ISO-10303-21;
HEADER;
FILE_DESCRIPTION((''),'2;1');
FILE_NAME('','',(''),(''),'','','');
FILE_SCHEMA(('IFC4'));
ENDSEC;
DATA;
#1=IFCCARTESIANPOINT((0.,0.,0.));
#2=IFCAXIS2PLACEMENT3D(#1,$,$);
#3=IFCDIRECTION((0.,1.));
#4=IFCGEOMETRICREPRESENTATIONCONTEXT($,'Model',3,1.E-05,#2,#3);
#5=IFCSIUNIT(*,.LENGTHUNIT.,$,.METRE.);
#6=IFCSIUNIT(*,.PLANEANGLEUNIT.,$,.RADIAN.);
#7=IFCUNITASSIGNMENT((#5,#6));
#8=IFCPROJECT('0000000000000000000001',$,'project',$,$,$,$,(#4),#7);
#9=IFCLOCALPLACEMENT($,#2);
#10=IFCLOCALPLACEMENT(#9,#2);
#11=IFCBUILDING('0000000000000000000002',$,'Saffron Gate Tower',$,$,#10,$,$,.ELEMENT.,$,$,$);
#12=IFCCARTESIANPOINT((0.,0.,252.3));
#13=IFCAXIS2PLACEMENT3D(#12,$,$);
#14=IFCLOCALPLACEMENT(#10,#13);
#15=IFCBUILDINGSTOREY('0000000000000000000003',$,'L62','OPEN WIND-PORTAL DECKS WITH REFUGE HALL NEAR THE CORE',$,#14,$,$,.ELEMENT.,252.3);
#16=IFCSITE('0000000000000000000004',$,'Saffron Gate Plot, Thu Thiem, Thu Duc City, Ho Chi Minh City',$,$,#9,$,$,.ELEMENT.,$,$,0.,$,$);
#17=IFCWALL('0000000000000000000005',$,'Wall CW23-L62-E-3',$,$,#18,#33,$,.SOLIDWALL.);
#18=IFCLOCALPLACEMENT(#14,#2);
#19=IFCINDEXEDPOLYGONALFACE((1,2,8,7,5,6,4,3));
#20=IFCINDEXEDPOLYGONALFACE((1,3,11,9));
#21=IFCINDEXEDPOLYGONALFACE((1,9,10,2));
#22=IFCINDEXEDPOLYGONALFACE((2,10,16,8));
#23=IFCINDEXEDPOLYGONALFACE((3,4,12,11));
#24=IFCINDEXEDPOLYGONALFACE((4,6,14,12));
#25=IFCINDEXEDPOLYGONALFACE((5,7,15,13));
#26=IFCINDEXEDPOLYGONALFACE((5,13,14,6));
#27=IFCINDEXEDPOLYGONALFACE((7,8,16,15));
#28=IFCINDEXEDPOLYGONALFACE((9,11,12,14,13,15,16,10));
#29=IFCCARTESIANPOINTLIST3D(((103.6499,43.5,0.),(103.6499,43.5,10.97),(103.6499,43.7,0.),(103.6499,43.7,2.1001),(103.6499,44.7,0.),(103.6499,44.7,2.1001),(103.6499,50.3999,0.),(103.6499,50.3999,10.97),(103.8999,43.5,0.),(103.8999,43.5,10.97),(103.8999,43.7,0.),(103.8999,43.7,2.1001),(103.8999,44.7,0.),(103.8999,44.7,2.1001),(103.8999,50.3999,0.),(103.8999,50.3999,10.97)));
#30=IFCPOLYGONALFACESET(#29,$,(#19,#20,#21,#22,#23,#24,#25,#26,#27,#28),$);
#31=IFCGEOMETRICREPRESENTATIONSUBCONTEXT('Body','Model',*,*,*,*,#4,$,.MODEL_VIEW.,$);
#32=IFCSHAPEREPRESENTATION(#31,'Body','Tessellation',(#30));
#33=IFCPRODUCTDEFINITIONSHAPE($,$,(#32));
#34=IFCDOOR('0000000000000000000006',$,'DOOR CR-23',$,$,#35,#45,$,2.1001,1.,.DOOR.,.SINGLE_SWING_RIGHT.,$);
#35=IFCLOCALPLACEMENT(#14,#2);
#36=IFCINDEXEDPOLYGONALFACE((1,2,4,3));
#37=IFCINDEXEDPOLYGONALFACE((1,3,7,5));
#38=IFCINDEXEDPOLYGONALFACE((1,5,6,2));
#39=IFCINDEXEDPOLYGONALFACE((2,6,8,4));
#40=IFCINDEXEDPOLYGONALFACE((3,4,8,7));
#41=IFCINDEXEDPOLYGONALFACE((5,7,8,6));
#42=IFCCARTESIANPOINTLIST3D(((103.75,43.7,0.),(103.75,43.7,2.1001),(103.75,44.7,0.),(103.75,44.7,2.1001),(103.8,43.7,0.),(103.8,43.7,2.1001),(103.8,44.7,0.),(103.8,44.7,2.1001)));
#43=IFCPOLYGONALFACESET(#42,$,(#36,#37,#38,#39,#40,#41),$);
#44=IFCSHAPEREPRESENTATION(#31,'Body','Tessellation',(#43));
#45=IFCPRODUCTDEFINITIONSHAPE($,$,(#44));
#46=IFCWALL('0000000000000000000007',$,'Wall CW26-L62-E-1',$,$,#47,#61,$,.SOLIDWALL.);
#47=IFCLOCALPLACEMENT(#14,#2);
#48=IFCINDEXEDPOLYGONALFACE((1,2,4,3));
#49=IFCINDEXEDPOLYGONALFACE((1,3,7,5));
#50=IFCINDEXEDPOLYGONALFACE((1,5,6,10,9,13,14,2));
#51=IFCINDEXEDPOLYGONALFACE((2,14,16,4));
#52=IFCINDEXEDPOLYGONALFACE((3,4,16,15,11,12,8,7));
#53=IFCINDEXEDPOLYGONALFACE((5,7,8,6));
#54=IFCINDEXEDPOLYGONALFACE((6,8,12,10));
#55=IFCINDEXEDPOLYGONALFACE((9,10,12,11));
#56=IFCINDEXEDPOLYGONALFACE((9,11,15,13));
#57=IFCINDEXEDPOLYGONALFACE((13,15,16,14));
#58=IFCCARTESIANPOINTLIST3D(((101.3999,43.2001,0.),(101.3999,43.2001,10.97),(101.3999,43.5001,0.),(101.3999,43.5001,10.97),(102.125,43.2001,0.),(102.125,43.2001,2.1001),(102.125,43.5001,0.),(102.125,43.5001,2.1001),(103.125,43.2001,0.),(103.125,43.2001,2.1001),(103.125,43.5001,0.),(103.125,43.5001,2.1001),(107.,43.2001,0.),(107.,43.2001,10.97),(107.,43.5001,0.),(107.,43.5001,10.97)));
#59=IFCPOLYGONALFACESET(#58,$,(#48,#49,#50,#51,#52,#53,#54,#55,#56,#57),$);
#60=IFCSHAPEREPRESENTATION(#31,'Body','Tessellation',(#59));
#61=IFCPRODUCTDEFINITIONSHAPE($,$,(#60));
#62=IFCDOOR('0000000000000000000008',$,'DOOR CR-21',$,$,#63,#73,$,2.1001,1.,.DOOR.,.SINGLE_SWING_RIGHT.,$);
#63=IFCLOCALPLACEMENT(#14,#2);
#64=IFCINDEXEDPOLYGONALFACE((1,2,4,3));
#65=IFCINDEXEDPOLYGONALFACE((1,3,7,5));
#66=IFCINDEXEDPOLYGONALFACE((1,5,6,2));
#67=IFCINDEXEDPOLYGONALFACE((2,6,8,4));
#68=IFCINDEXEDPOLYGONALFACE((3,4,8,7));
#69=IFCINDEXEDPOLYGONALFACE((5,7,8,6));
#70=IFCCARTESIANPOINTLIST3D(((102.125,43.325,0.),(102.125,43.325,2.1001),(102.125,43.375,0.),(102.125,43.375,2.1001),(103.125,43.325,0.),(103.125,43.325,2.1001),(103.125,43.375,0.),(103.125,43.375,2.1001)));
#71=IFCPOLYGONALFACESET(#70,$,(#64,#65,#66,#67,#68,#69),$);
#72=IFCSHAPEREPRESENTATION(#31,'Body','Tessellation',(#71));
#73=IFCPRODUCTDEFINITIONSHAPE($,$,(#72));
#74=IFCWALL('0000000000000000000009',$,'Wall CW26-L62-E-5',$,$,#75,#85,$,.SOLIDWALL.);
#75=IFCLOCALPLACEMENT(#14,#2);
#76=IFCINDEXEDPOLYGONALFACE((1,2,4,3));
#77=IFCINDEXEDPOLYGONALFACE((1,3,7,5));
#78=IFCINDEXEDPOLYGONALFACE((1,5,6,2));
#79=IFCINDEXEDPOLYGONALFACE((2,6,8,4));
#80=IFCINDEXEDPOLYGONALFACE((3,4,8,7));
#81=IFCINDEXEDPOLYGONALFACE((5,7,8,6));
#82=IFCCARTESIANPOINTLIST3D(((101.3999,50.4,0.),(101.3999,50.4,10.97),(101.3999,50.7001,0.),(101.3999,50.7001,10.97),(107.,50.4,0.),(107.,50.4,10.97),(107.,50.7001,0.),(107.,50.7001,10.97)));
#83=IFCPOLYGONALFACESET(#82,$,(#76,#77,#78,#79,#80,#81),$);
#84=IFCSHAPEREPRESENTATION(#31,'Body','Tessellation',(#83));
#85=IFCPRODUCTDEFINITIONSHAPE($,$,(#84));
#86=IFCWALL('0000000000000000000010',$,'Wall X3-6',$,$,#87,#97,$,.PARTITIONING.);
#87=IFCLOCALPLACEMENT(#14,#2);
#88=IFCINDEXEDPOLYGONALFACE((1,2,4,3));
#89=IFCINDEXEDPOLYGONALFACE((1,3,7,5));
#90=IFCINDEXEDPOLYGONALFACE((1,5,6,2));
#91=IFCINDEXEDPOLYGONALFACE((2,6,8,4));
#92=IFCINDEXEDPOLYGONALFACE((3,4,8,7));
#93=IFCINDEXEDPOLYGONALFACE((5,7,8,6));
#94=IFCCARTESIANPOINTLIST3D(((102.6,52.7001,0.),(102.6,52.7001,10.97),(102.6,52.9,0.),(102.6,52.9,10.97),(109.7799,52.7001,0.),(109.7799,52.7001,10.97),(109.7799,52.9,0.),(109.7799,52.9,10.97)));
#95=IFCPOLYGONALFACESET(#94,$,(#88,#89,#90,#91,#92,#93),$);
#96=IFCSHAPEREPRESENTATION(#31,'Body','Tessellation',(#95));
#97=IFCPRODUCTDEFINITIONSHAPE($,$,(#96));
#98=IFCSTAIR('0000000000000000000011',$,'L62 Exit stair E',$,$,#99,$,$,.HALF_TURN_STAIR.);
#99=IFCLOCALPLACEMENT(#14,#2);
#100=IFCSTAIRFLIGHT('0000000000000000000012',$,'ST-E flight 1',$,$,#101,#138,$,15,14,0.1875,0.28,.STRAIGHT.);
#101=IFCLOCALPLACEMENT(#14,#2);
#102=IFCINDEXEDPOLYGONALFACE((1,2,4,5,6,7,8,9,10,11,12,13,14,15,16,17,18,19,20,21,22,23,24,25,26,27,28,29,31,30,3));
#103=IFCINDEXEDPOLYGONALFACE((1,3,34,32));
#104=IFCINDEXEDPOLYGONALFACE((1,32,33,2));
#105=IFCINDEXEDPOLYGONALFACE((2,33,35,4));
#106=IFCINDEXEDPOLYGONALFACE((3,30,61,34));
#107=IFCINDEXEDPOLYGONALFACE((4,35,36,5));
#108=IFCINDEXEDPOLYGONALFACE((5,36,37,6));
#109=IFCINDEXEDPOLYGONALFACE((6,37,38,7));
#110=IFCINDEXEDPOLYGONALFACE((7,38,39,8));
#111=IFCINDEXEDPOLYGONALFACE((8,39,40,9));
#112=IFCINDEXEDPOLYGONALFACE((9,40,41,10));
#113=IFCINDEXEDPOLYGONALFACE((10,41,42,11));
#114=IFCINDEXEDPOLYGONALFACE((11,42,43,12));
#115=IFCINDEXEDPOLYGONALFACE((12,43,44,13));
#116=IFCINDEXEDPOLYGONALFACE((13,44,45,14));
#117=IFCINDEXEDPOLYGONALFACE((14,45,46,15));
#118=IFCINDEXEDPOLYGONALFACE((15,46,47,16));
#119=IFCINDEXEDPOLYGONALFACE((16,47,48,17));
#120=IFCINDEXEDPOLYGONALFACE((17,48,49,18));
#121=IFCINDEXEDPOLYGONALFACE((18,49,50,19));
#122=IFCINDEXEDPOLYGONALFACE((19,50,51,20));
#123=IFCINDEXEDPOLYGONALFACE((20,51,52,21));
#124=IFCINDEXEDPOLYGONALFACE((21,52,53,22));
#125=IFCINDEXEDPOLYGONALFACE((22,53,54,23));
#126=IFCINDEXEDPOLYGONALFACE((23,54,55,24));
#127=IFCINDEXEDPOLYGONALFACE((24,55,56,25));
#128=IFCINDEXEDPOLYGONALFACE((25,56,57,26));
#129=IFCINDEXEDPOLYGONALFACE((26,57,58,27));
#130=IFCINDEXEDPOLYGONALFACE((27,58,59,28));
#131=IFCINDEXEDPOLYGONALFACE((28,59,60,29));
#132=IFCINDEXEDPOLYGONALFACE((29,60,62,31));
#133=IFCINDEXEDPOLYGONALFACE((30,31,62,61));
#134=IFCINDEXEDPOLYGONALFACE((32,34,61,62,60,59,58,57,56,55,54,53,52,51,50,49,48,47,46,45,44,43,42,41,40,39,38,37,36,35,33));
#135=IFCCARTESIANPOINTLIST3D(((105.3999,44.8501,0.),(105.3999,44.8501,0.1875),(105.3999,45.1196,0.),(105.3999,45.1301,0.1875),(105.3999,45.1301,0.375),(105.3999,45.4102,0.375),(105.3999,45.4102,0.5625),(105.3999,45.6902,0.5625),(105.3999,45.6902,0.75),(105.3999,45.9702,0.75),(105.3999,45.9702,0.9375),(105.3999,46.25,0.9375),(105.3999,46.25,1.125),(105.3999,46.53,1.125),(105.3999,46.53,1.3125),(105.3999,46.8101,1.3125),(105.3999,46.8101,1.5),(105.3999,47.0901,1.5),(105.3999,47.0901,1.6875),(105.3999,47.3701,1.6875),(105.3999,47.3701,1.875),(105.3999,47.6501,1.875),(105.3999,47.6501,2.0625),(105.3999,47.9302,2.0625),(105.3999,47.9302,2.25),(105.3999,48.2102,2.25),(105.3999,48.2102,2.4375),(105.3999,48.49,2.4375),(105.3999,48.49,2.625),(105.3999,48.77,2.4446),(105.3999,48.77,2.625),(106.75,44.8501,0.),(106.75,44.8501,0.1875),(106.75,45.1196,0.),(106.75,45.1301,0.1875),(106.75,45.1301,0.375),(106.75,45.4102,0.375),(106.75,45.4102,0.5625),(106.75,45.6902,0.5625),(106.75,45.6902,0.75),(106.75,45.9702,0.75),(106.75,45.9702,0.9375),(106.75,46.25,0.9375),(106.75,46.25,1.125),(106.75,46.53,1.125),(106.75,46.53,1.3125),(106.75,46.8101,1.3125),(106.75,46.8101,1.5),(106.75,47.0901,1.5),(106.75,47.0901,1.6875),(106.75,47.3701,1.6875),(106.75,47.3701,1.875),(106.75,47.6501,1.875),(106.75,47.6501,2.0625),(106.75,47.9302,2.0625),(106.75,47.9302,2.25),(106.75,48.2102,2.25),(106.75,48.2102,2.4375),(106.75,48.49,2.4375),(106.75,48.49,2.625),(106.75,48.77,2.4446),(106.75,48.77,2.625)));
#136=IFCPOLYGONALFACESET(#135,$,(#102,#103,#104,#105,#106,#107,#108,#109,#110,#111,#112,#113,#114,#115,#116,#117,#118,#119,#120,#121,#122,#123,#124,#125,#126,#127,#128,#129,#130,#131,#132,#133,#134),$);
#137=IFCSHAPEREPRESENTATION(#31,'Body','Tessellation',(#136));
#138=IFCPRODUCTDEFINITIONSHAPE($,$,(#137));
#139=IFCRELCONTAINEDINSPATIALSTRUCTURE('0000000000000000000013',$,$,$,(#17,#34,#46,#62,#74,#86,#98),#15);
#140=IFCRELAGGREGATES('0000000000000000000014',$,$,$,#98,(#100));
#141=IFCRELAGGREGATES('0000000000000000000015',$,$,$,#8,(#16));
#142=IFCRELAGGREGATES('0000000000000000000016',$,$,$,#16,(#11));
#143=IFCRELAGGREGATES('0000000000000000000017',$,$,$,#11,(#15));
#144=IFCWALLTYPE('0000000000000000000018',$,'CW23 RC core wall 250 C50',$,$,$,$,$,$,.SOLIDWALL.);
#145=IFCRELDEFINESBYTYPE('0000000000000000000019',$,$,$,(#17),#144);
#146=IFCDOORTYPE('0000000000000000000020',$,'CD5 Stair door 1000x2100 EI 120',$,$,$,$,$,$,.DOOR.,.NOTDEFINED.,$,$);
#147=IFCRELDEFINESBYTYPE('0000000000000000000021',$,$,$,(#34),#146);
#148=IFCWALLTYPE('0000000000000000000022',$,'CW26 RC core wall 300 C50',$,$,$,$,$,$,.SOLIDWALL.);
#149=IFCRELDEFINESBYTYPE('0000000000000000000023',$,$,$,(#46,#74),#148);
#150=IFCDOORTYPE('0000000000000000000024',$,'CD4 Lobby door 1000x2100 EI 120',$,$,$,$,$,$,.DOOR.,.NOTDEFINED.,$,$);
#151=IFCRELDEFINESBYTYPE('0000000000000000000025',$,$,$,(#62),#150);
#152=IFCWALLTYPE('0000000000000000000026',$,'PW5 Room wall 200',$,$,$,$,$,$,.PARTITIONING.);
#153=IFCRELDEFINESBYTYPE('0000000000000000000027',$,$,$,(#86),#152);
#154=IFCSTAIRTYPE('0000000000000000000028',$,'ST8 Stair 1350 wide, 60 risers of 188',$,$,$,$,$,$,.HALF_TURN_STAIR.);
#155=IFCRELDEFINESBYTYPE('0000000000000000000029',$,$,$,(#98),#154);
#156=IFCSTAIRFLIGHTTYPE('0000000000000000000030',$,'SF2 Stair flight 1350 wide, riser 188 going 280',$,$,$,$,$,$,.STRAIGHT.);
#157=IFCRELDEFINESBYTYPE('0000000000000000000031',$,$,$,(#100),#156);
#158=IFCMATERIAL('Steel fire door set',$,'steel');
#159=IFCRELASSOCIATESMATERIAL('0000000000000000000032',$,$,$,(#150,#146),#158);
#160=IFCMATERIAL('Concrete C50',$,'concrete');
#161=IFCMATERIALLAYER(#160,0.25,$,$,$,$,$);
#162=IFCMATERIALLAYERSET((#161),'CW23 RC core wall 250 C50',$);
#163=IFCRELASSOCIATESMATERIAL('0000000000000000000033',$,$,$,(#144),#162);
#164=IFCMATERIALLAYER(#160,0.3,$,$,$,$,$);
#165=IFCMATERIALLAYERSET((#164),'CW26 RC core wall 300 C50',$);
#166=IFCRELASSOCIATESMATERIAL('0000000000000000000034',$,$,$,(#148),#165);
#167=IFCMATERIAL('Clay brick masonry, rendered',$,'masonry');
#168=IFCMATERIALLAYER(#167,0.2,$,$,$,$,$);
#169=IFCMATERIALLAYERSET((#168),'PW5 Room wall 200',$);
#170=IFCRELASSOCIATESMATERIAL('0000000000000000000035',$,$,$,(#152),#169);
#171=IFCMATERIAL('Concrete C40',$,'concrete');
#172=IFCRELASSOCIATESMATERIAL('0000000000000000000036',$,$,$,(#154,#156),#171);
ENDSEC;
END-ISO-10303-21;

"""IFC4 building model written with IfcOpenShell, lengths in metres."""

from ifc_helpers import new_model, si_unit, direction, frame, frame_2d, origin, place, context, subcontext, project, spatial, polyline, rectangle, outline, extrude, material, layer, layer_set, type_object, element, fill, aggregate, save


model = new_model("IFC4")

# Units and contexts
model_context = context("Model", 3, precision=1e-05, world=origin(), true_north=direction((0.0, 1.0)))
body_context = subcontext(model_context, "Body", "Model", "MODEL_VIEW")
ifc_project = project(units=[si_unit("LENGTHUNIT", "METRE"), si_unit("PLANEANGLEUNIT", "RADIAN")], contexts=[model_context])

# Site, building, storey
site_placement = place(None, origin())
site = spatial("IfcSite", under=ifc_project, at=site_placement, Name="Saffron Gate Plot, Thu Thiem, Thu Duc City, Ho Chi Minh City", CompositionType="ELEMENT", RefElevation=0.0)
building_placement = place(site_placement, origin())
building = spatial("IfcBuilding", under=site, at=building_placement, Name="Saffron Gate Tower", CompositionType="ELEMENT")
storey_placement = place(building_placement, frame((0.0, 0.0, 252.3)))
storey = spatial("IfcBuildingStorey", under=building, at=storey_placement, Name="L62", Description="OPEN WIND-PORTAL DECKS WITH REFUGE HALL NEAR THE CORE", CompositionType="ELEMENT", Elevation=252.3)

# Shared definitions
ifc_material_1 = material(Name="Concrete C40", Category="concrete")

# Walls, openings, doors
ifc_material_2 = material(Name="Steel fire door set", Category="steel")
door_type_1 = type_object("IfcDoorType", Name="CD4 Lobby door 1000x2100 EI 120", OperationType="NOTDEFINED", PredefinedType="DOOR", material=ifc_material_2)
ifc_material_3 = material(Name="Concrete C50", Category="concrete")
ifc_layer_1 = layer(ifc_material_3, 0.25)
ifc_layer_set_1 = layer_set([ifc_layer_1], Name="CW23 RC core wall 250 C50")
wall_type_1 = type_object("IfcWallType", Name="CW23 RC core wall 250 C50", PredefinedType="SOLIDWALL", material=ifc_layer_set_1)
wall_1_placement = place(storey_placement, frame((103.7749, 43.5, 0.0), z_axis=(0.0, 0.0, 1.0), x_axis=(0.0, 1.0, 0.0)))
wall_1 = element("IfcWall", 1, at=wall_1_placement, inside=storey, type_object=wall_type_1, Name="Wall CW23-L62-E-3", PredefinedType="SOLIDWALL", context=body_context, shape_type="SweptSolid", body=[
    extrude(rectangle(XDim=6.8999, YDim=0.25, at=frame_2d((3.45, 0.0))), origin(), (0.0, 0.0, 1.0), 10.97),
])
opening_1_placement = place(wall_1_placement, frame((0.2, 0.0, 0.0)))
opening_1 = element("IfcOpeningElement", 2, at=opening_1_placement, cuts=wall_1, PredefinedType="OPENING", context=body_context, shape_type="SweptSolid", body=[
    extrude(rectangle(XDim=1.0, YDim=2.1001, at=frame_2d((0.5, 1.05))), frame((0.0, 0.135, 0.0), z_axis=(0.0, -1.0, 0.0), x_axis=(1.0, 0.0, 0.0)), (0.0, 0.0, 1.0), 0.27),
])
door_type_2 = type_object("IfcDoorType", Name="CD5 Stair door 1000x2100 EI 120", OperationType="NOTDEFINED", PredefinedType="DOOR", material=ifc_material_2)
door_1_placement = place(opening_1_placement, origin())
door_1 = element("IfcDoor", 3, at=door_1_placement, inside=storey, type_object=door_type_2, Name="DOOR CR-23", OperationType="SINGLE_SWING_RIGHT", OverallHeight=2.1001, OverallWidth=1.0, PredefinedType="DOOR", context=body_context, shape_type="SweptSolid", body=[
    extrude(rectangle(XDim=1.0, YDim=2.1001, at=frame_2d((0.5, 1.05))), frame((0.0, 0.0249, 0.0), z_axis=(0.0, -1.0, 0.0), x_axis=(1.0, 0.0, 0.0)), (0.0, 0.0, 1.0), 0.05),
])
fill(opening_1, door_1)
ifc_layer_2 = layer(ifc_material_3, 0.3)
ifc_layer_set_2 = layer_set([ifc_layer_2], Name="CW26 RC core wall 300 C50")
wall_type_2 = type_object("IfcWallType", Name="CW26 RC core wall 300 C50", PredefinedType="SOLIDWALL", material=ifc_layer_set_2)
wall_2_placement = place(storey_placement, frame((101.3999, 43.3501, 0.0), z_axis=(0.0, 0.0, 1.0), x_axis=(1.0, 0.0, 0.0)))
wall_2 = element("IfcWall", 4, at=wall_2_placement, inside=storey, type_object=wall_type_2, Name="Wall CW26-L62-E-1", PredefinedType="SOLIDWALL", context=body_context, shape_type="SweptSolid", body=[
    extrude(rectangle(XDim=5.6001, YDim=0.3, at=frame_2d((2.8, 0.0))), origin(), (0.0, 0.0, 1.0), 10.97),
])
opening_2_placement = place(wall_2_placement, frame((0.7251, 0.0, 0.0)))
opening_2 = element("IfcOpeningElement", 5, at=opening_2_placement, cuts=wall_2, PredefinedType="OPENING", context=body_context, shape_type="SweptSolid", body=[
    extrude(rectangle(XDim=1.0, YDim=2.1001, at=frame_2d((0.5, 1.05))), frame((0.0, 0.1602, 0.0), z_axis=(0.0, -1.0, 0.0), x_axis=(1.0, 0.0, 0.0)), (0.0, 0.0, 1.0), 0.3201),
])
door_2_placement = place(opening_2_placement, origin())
door_2 = element("IfcDoor", 6, at=door_2_placement, inside=storey, type_object=door_type_1, Name="DOOR CR-21", OperationType="SINGLE_SWING_RIGHT", OverallHeight=2.1001, OverallWidth=1.0, PredefinedType="DOOR", context=body_context, shape_type="SweptSolid", body=[
    extrude(rectangle(XDim=1.0, YDim=2.1001, at=frame_2d((0.5, 1.05))), frame((0.0, 0.0249, 0.0), z_axis=(0.0, -1.0, 0.0), x_axis=(1.0, 0.0, 0.0)), (0.0, 0.0, 1.0), 0.05),
])
fill(opening_2, door_2)

# Walls
wall_3_placement = place(storey_placement, frame((101.3999, 50.55, 0.0), z_axis=(0.0, 0.0, 1.0), x_axis=(1.0, 0.0, 0.0)))
element("IfcWall", 7, at=wall_3_placement, inside=storey, type_object=wall_type_2, Name="Wall CW26-L62-E-5", PredefinedType="SOLIDWALL", context=body_context, shape_type="SweptSolid", body=[
    extrude(rectangle(XDim=5.6001, YDim=0.3, at=frame_2d((2.8, 0.0))), origin(), (0.0, 0.0, 1.0), 10.97),
])
ifc_material_4 = material(Name="Clay brick masonry, rendered", Category="masonry")
ifc_layer_3 = layer(ifc_material_4, 0.2)
ifc_layer_set_3 = layer_set([ifc_layer_3], Name="PW5 Room wall 200")
wall_type_3 = type_object("IfcWallType", Name="PW5 Room wall 200", PredefinedType="PARTITIONING", material=ifc_layer_set_3)
wall_4_placement = place(storey_placement, frame((102.6001, 52.8, 0.0), z_axis=(0.0, 0.0, 1.0), x_axis=(1.0, 0.0, 0.0)))
element("IfcWall", 8, at=wall_4_placement, inside=storey, type_object=wall_type_3, Name="Wall X3-6", PredefinedType="PARTITIONING", context=body_context, shape_type="SweptSolid", body=[
    extrude(rectangle(XDim=7.1799, YDim=0.2, at=frame_2d((3.5898, 0.0))), origin(), (0.0, 0.0, 1.0), 10.97),
])

# Stair, stair flight
stair_type = type_object("IfcStairType", Name="ST8 Stair 1350 wide, 60 risers of 188", PredefinedType="HALF_TURN_STAIR", material=ifc_material_1)
stair_placement = place(storey_placement, origin())
stair = element("IfcStair", 9, at=stair_placement, inside=storey, type_object=stair_type, Name="L62 Exit stair E", PredefinedType="HALF_TURN_STAIR")
stair_flight_type = type_object("IfcStairFlightType", Name="SF2 Stair flight 1350 wide, riser 188 going 280", PredefinedType="STRAIGHT", material=ifc_material_1)
stair_flight_1_placement = place(storey_placement, frame((106.075, 44.8501, 0.0), z_axis=(0.0, 0.0, 1.0), x_axis=(0.0, 1.0, 0.0)))
stair_flight_1 = element("IfcStairFlight", 10, at=stair_flight_1_placement, type_object=stair_flight_type, Name="ST-E flight 1", NumberOfRisers=15, NumberOfTreads=14, PredefinedType="STRAIGHT", RiserHeight=0.1875, TreadLength=0.28, context=body_context, shape_type="SweptSolid", body=[
    extrude(outline(polyline([(0.0, 0.0), (0.0, 0.1875), (0.28, 0.1875), (0.28, 0.375), (0.5601, 0.375), (0.5601, 0.5625), (0.8401, 0.5625), (0.8401, 0.75), (1.1201, 0.75), (1.1201, 0.9375), (1.3999, 0.9375), (1.3999, 1.125), (1.6799, 1.125), (1.6799, 1.3125), (1.96, 1.3125), (1.96, 1.5), (2.24, 1.5), (2.24, 1.6875), (2.52, 1.6875), (2.52, 1.875), (2.8, 1.875), (2.8, 2.0625), (3.0801, 2.0625), (3.0801, 2.25), (3.3601, 2.25), (3.3601, 2.4375), (3.6399, 2.4375), (3.6399, 2.625), (3.9199, 2.625), (3.9199, 2.8125), (3.9199, 2.4446), (0.2695, 0.0), (0.0, 0.0)])), frame((0.0, 0.675, 0.0), z_axis=(0.0, -1.0, 0.0), x_axis=(1.0, 0.0, 0.0)), (0.0, 0.0, 1.0), 1.3501),
])
aggregate(stair, [stair_flight_1])

save(model, "model.ifc")
